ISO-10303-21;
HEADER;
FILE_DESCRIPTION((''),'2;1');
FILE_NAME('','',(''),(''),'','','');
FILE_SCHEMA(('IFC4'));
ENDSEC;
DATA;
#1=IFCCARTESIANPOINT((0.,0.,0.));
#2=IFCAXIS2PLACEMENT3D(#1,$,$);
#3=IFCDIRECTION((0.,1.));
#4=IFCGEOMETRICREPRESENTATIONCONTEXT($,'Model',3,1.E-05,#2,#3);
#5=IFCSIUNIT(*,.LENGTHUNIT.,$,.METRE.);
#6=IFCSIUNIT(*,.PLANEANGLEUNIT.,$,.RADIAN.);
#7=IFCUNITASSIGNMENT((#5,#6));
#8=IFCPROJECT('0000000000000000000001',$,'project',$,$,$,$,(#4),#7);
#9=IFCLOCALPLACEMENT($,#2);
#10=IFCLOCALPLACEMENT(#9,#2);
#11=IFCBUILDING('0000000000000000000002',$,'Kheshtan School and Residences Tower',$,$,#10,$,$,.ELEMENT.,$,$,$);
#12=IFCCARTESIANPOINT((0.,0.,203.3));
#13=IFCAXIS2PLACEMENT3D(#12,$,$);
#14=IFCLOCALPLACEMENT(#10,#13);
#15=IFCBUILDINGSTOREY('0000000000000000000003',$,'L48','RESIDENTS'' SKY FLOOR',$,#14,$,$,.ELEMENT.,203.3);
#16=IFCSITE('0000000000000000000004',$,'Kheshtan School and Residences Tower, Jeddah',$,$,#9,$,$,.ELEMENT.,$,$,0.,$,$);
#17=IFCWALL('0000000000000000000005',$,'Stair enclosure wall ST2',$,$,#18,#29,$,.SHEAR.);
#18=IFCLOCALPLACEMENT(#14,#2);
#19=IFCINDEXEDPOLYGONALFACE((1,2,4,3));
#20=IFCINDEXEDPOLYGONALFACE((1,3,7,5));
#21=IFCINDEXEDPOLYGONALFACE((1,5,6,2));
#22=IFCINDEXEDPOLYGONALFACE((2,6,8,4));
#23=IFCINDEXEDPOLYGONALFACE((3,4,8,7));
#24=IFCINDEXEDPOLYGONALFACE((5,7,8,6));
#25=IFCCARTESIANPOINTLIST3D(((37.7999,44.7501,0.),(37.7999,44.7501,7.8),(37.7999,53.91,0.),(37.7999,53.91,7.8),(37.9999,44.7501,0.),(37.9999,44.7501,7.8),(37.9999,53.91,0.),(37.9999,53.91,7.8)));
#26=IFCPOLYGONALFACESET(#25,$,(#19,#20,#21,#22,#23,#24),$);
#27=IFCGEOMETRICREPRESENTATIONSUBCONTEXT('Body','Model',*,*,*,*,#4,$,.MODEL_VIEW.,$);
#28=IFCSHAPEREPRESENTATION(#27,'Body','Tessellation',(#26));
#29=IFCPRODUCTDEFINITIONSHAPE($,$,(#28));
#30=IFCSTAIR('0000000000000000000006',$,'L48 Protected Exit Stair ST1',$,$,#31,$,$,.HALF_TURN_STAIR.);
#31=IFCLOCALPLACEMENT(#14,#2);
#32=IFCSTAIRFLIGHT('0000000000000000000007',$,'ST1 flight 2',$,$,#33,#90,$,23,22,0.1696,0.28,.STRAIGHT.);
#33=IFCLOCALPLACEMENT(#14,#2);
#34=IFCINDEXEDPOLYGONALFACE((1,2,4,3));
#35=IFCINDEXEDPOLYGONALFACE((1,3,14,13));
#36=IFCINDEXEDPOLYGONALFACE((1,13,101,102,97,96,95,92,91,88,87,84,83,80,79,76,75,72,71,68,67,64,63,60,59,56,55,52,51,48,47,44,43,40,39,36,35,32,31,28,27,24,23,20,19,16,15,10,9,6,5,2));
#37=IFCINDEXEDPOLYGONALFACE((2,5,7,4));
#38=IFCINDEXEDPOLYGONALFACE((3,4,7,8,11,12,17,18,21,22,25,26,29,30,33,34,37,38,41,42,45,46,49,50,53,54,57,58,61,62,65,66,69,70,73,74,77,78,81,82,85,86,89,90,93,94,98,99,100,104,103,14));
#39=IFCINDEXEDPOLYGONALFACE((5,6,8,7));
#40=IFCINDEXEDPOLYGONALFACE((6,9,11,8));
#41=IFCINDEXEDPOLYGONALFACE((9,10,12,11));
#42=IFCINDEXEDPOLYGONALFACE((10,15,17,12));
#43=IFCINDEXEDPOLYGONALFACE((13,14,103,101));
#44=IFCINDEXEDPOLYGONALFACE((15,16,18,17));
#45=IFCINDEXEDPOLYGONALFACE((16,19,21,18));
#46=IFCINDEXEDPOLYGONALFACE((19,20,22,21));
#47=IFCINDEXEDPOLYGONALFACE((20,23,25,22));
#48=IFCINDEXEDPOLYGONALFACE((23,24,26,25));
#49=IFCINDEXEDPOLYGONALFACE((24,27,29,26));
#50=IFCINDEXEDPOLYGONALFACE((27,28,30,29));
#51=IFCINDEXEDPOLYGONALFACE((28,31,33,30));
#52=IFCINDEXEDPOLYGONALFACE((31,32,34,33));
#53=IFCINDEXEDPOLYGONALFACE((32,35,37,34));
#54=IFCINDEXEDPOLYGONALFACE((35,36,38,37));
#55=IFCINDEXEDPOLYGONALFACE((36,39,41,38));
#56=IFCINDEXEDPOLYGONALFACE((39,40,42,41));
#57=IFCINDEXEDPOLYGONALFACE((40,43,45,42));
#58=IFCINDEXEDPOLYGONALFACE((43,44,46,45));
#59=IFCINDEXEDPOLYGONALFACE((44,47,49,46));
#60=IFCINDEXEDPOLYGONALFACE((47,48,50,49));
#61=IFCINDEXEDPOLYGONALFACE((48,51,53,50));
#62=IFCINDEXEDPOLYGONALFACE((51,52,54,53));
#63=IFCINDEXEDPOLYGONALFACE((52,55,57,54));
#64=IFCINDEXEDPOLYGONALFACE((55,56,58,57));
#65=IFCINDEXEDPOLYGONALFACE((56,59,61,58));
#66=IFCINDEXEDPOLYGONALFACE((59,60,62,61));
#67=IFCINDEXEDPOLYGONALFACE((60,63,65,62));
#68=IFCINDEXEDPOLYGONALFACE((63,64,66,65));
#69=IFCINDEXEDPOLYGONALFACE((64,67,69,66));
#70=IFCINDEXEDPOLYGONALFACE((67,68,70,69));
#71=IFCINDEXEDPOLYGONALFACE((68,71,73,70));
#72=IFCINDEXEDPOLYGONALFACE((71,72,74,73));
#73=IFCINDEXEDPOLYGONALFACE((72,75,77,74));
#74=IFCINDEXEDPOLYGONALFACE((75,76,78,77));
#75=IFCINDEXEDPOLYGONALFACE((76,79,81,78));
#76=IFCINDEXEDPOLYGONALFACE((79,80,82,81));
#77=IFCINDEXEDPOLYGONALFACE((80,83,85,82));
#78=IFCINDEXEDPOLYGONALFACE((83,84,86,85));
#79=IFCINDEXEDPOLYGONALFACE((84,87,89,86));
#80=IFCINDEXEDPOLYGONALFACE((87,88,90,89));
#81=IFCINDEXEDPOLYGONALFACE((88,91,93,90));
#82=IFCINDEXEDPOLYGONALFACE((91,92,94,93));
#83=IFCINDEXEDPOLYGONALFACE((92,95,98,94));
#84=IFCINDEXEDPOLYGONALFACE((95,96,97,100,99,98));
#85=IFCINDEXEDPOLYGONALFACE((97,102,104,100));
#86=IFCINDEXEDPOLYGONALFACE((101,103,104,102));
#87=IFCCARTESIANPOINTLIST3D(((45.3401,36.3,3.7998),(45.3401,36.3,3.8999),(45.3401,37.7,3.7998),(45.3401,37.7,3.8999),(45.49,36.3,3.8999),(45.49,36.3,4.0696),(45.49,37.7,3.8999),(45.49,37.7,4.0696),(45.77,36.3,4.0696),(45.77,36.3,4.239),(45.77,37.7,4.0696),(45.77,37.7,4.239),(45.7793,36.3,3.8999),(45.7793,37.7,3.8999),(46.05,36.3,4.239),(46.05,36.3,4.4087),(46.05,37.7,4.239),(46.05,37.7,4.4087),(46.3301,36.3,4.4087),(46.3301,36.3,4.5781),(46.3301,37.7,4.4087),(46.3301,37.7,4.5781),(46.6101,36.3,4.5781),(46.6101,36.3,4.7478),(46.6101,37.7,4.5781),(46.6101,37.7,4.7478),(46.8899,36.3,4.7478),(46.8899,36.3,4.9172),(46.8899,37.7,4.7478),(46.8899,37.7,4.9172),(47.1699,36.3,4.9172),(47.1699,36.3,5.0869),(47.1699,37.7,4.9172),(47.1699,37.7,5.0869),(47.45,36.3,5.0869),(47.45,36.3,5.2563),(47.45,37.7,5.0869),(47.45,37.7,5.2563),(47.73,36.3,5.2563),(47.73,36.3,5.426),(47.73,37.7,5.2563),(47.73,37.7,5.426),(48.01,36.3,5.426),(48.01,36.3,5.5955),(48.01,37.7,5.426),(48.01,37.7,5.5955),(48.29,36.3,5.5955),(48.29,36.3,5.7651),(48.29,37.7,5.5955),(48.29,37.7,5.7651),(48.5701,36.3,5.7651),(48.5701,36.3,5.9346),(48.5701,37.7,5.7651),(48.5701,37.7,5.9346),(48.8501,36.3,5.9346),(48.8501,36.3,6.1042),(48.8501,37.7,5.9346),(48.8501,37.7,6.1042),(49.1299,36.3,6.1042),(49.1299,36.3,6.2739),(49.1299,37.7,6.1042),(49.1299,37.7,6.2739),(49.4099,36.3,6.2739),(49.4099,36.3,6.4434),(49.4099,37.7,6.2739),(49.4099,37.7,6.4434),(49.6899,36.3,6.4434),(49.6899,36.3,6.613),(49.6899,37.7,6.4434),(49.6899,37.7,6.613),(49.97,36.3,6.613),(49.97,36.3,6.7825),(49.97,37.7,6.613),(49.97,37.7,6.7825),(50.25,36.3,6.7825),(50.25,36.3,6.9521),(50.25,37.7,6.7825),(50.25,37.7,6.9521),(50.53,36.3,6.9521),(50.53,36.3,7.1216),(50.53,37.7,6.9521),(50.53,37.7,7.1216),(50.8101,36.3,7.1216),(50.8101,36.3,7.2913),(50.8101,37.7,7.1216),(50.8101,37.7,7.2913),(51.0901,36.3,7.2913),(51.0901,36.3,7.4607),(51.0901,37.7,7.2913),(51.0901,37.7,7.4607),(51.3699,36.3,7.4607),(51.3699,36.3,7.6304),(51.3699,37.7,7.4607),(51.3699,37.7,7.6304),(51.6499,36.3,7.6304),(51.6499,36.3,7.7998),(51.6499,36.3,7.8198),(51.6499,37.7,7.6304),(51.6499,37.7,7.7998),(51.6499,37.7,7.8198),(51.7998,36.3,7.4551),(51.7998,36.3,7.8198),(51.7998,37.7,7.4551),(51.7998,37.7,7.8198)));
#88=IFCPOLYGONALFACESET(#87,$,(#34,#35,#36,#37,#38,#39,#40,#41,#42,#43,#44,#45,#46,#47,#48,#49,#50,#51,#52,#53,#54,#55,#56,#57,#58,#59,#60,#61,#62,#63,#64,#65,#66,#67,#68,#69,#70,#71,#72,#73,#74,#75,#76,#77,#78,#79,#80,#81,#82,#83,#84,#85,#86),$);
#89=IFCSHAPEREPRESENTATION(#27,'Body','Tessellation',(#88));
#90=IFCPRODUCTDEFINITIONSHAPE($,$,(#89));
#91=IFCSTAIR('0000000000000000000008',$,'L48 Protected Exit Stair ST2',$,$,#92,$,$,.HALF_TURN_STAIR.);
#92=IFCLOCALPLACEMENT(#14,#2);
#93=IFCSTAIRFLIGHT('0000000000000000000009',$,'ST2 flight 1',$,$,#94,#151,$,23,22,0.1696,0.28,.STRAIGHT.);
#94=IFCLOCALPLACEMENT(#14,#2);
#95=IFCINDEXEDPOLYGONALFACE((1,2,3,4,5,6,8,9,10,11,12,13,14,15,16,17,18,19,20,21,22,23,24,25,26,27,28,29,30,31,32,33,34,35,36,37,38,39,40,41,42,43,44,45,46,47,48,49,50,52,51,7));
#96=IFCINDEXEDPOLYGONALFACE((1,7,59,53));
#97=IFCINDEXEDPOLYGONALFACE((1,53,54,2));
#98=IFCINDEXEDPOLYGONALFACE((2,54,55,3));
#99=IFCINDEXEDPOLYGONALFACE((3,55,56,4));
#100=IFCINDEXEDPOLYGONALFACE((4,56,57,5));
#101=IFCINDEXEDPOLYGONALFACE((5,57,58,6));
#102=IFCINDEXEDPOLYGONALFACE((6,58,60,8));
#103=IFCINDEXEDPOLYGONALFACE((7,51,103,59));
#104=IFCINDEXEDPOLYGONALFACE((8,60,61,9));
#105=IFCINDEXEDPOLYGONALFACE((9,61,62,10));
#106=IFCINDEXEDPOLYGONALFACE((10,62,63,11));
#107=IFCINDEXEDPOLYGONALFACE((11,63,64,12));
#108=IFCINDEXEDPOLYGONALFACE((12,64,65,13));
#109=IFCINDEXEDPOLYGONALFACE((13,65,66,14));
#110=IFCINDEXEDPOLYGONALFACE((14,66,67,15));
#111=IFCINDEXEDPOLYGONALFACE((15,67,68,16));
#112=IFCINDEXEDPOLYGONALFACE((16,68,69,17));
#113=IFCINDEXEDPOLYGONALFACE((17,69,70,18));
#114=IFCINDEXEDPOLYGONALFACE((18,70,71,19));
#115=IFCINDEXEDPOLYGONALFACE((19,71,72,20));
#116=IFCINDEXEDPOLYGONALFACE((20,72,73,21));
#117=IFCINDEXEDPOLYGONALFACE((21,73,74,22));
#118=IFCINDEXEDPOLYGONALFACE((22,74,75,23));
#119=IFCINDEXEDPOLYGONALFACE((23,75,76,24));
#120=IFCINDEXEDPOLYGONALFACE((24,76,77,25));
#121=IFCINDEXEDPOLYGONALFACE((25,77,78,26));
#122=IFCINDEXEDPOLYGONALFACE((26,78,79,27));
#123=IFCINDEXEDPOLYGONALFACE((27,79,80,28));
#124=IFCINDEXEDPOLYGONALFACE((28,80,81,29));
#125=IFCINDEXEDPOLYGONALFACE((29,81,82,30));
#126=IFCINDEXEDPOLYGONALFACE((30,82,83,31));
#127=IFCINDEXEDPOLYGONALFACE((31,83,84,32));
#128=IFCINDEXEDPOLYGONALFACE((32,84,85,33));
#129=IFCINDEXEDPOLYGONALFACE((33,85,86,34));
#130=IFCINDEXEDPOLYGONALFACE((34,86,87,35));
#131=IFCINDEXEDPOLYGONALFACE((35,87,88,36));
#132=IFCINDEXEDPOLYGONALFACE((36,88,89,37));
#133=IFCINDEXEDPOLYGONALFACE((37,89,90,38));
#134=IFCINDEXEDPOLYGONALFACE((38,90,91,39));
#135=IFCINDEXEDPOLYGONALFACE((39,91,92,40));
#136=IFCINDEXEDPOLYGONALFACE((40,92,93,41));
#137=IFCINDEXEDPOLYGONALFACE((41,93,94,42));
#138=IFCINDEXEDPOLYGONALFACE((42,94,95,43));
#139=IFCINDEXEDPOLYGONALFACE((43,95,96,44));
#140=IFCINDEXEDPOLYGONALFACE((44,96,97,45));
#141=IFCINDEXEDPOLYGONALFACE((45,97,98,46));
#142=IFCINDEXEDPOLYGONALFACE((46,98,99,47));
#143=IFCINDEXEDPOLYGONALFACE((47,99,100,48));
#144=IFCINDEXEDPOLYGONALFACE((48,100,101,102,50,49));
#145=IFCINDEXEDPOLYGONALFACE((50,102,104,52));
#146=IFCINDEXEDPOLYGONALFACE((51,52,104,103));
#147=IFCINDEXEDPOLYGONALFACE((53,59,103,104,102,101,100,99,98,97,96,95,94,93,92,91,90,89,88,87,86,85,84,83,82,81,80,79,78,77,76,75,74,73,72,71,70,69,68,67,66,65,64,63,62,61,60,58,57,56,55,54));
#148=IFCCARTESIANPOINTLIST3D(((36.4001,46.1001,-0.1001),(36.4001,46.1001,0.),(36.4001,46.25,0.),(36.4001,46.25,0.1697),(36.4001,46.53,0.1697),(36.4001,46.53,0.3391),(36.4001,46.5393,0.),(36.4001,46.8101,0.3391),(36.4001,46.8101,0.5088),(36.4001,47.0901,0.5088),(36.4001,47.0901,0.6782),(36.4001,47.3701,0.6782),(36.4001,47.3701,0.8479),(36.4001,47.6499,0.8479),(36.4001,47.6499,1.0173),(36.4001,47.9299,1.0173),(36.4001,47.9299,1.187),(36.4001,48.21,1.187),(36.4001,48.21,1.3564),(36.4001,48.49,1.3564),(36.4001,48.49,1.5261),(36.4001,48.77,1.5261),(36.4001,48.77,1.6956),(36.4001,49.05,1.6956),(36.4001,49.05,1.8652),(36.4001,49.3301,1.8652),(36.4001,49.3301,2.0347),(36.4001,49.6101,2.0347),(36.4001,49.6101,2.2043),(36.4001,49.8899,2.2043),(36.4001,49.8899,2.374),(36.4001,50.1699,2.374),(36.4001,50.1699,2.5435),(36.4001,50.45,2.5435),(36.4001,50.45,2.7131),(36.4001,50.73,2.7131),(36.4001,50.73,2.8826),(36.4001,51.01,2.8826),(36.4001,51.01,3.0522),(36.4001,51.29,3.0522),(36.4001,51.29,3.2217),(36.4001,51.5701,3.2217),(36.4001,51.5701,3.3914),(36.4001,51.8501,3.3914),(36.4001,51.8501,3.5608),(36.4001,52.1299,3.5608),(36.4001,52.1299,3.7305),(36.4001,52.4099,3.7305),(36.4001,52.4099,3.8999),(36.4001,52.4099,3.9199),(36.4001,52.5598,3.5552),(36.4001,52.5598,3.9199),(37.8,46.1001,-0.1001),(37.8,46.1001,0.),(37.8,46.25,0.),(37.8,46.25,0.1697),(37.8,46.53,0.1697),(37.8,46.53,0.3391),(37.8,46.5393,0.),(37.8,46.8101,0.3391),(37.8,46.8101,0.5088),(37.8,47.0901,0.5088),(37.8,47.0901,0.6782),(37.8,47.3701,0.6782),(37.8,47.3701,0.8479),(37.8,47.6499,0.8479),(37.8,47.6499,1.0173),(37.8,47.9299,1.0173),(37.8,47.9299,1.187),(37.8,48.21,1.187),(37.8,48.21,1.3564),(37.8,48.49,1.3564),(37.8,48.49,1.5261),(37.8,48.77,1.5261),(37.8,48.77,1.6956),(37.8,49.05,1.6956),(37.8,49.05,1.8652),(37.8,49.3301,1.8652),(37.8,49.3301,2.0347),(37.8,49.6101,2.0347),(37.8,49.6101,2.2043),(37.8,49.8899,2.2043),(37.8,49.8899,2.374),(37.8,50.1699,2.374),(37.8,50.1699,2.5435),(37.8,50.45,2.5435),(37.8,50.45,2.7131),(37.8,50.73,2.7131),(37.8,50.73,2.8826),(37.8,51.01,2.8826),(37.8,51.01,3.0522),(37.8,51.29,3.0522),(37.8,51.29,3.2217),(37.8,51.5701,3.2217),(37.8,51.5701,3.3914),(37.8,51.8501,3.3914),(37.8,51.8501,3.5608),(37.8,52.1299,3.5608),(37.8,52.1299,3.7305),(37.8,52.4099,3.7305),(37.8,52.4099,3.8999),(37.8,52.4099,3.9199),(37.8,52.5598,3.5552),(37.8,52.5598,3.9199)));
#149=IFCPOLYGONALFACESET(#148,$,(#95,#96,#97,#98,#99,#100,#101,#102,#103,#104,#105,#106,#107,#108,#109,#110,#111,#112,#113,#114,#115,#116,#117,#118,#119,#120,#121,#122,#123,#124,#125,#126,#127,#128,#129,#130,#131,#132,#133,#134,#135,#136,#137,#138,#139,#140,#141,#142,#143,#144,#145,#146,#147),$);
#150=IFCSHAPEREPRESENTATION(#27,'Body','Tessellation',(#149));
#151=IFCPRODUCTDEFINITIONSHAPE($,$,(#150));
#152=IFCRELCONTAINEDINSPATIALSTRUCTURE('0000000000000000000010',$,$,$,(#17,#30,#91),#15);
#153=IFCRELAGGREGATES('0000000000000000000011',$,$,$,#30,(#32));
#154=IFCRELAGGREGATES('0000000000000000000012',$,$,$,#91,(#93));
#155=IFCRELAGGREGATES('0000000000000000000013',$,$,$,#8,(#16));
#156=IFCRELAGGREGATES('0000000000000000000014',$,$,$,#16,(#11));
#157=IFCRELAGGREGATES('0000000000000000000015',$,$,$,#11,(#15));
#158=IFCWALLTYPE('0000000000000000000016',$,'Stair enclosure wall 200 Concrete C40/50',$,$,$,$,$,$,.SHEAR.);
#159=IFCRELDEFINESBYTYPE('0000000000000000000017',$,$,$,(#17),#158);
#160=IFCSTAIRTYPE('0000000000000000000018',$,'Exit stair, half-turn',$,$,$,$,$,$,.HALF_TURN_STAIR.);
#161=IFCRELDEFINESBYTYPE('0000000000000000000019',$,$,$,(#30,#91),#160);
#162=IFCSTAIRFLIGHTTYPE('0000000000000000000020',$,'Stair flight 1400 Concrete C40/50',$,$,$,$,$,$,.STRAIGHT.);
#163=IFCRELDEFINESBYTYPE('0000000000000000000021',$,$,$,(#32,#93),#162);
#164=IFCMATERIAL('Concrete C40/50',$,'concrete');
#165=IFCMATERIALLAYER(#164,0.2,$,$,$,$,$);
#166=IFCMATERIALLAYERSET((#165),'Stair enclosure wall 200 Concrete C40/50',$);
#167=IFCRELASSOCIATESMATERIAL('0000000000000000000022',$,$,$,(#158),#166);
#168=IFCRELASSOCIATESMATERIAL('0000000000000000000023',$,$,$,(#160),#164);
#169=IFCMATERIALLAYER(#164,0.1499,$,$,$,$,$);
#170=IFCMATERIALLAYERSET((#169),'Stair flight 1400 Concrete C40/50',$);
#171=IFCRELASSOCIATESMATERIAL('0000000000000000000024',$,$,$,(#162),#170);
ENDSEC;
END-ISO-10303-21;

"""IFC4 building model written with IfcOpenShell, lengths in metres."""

from ifc_helpers import new_model, si_unit, direction, frame, frame_2d, origin, place, context, subcontext, project, spatial, polyline, rectangle, outline, extrude, material, layer, layer_set, type_object, element, aggregate, save


model = new_model("IFC4")

# Units and contexts
model_context = context("Model", 3, precision=1e-05, world=origin(), true_north=direction((0.0, 1.0)))
body_context = subcontext(model_context, "Body", "Model", "MODEL_VIEW")
ifc_project = project(units=[si_unit("LENGTHUNIT", "METRE"), si_unit("PLANEANGLEUNIT", "RADIAN")], contexts=[model_context])

# Site, building, storey
site_placement = place(None, origin())
site = spatial("IfcSite", under=ifc_project, at=site_placement, Name="Kheshtan School and Residences Tower, Jeddah", CompositionType="ELEMENT", RefElevation=0.0)
building_placement = place(site_placement, origin())
building = spatial("IfcBuilding", under=site, at=building_placement, Name="Kheshtan School and Residences Tower", CompositionType="ELEMENT")
storey_placement = place(building_placement, frame((0.0, 0.0, 203.3)))
storey = spatial("IfcBuildingStorey", under=building, at=storey_placement, Name="L48", Description="RESIDENTS' SKY FLOOR", CompositionType="ELEMENT", Elevation=203.3)

# Wall
ifc_material_1 = material(Name="Concrete C40/50", Category="concrete")
ifc_layer_1 = layer(ifc_material_1, 0.2)
ifc_layer_set_1 = layer_set([ifc_layer_1], Name="Stair enclosure wall 200 Concrete C40/50")
wall_type_1 = type_object("IfcWallType", Name="Stair enclosure wall 200 Concrete C40/50", PredefinedType="SHEAR", material=ifc_layer_set_1)
wall_1_placement = place(storey_placement, frame((37.8999, 44.75, 0.0), z_axis=(0.0, 0.0, 1.0), x_axis=(0.0, 1.0, 0.0)))
element("IfcWall", 1, at=wall_1_placement, inside=storey, type_object=wall_type_1, Name="Stair enclosure wall ST2", PredefinedType="SHEAR", context=body_context, shape_type="SweptSolid", body=[
    extrude(rectangle(XDim=9.1599, YDim=0.2, at=frame_2d((4.5801, 0.0))), origin(), (0.0, 0.0, 1.0), 7.8),
])

# Stairs, stair flights
stair_type = type_object("IfcStairType", Name="Exit stair, half-turn", PredefinedType="HALF_TURN_STAIR", material=ifc_material_1)
stair_1_placement = place(storey_placement, origin())
stair_1 = element("IfcStair", 2, at=stair_1_placement, inside=storey, type_object=stair_type, Name="L48 Protected Exit Stair ST1", PredefinedType="HALF_TURN_STAIR")
ifc_layer_2 = layer(ifc_material_1, 0.1499)
ifc_layer_set_2 = layer_set([ifc_layer_2], Name="Stair flight 1400 Concrete C40/50")
stair_flight_type = type_object("IfcStairFlightType", Name="Stair flight 1400 Concrete C40/50", PredefinedType="STRAIGHT", material=ifc_layer_set_2)
stair_flight_1_placement = place(storey_placement, frame((45.49, 37.0, 3.8999), z_axis=(0.0, 0.0, 1.0), x_axis=(1.0, 0.0, 0.0)))
stair_flight_1 = element("IfcStairFlight", 3, at=stair_flight_1_placement, type_object=stair_flight_type, Name="ST1 flight 2", NumberOfRisers=23, NumberOfTreads=22, PredefinedType="STRAIGHT", RiserHeight=0.1696, TreadLength=0.28, context=body_context, shape_type="SweptSolid", body=[
    extrude(outline(polyline([(-0.1499, -0.1001), (-0.1499, 0.0), (0.0, 0.0), (0.0, 0.1697), (0.28, 0.1697), (0.28, 0.3391), (0.5601, 0.3391), (0.5601, 0.5088), (0.8401, 0.5088), (0.8401, 0.6782), (1.1201, 0.6782), (1.1201, 0.8479), (1.3999, 0.8479), (1.3999, 1.0173), (1.6799, 1.0173), (1.6799, 1.187), (1.96, 1.187), (1.96, 1.3564), (2.24, 1.3564), (2.24, 1.5261), (2.52, 1.5261), (2.52, 1.6956), (2.8, 1.6956), (2.8, 1.8652), (3.0801, 1.8652), (3.0801, 2.0347), (3.3601, 2.0347), (3.3601, 2.2043), (3.6399, 2.2043), (3.6399, 2.374), (3.9199, 2.374), (3.9199, 2.5435), (4.2, 2.5435), (4.2, 2.7131), (4.48, 2.7131), (4.48, 2.8826), (4.76, 2.8826), (4.76, 3.0522), (5.04, 3.0522), (5.04, 3.2217), (5.3201, 3.2217), (5.3201, 3.3914), (5.6001, 3.3914), (5.6001, 3.5608), (5.8799, 3.5608), (5.8799, 3.7305), (6.1599, 3.7305), (6.1599, 3.8999), (6.1599, 3.9199), (6.3098, 3.9199), (6.3098, 3.5552), (0.2893, 0.0), (-0.1499, -0.1001)])), frame((0.0, 0.7, 0.0), z_axis=(0.0, -1.0, 0.0), x_axis=(1.0, 0.0, 0.0)), (0.0, 0.0, 1.0), 1.3999),
])
aggregate(stair_1, [stair_flight_1])
stair_2_placement = place(storey_placement, origin())
stair_2 = element("IfcStair", 4, at=stair_2_placement, inside=storey, type_object=stair_type, Name="L48 Protected Exit Stair ST2", PredefinedType="HALF_TURN_STAIR")
stair_flight_2_placement = place(storey_placement, frame((37.1001, 46.25, 0.0), z_axis=(0.0, 0.0, 1.0), x_axis=(0.0, 1.0, 0.0)))
stair_flight_2 = element("IfcStairFlight", 5, at=stair_flight_2_placement, type_object=stair_flight_type, Name="ST2 flight 1", NumberOfRisers=23, NumberOfTreads=22, PredefinedType="STRAIGHT", RiserHeight=0.1696, TreadLength=0.28, context=body_context, shape_type="SweptSolid", body=[
    extrude(outline(polyline([(-0.1499, -0.1001), (-0.1499, 0.0), (0.0, 0.0), (0.0, 0.1697), (0.28, 0.1697), (0.28, 0.3391), (0.5601, 0.3391), (0.5601, 0.5088), (0.8401, 0.5088), (0.8401, 0.6782), (1.1201, 0.6782), (1.1201, 0.8479), (1.3999, 0.8479), (1.3999, 1.0173), (1.6799, 1.0173), (1.6799, 1.187), (1.96, 1.187), (1.96, 1.3564), (2.24, 1.3564), (2.24, 1.5261), (2.52, 1.5261), (2.52, 1.6956), (2.8, 1.6956), (2.8, 1.8652), (3.0801, 1.8652), (3.0801, 2.0347), (3.3601, 2.0347), (3.3601, 2.2043), (3.6399, 2.2043), (3.6399, 2.374), (3.9199, 2.374), (3.9199, 2.5435), (4.2, 2.5435), (4.2, 2.7131), (4.48, 2.7131), (4.48, 2.8826), (4.76, 2.8826), (4.76, 3.0522), (5.04, 3.0522), (5.04, 3.2217), (5.3201, 3.2217), (5.3201, 3.3914), (5.6001, 3.3914), (5.6001, 3.5608), (5.8799, 3.5608), (5.8799, 3.7305), (6.1599, 3.7305), (6.1599, 3.8999), (6.1599, 3.9199), (6.3098, 3.9199), (6.3098, 3.5552), (0.2893, 0.0), (-0.1499, -0.1001)])), frame((0.0, 0.7, 0.0), z_axis=(0.0, -1.0, 0.0), x_axis=(1.0, 0.0, 0.0)), (0.0, 0.0, 1.0), 1.3999),
])
aggregate(stair_2, [stair_flight_2])

save(model, "model.ifc")
